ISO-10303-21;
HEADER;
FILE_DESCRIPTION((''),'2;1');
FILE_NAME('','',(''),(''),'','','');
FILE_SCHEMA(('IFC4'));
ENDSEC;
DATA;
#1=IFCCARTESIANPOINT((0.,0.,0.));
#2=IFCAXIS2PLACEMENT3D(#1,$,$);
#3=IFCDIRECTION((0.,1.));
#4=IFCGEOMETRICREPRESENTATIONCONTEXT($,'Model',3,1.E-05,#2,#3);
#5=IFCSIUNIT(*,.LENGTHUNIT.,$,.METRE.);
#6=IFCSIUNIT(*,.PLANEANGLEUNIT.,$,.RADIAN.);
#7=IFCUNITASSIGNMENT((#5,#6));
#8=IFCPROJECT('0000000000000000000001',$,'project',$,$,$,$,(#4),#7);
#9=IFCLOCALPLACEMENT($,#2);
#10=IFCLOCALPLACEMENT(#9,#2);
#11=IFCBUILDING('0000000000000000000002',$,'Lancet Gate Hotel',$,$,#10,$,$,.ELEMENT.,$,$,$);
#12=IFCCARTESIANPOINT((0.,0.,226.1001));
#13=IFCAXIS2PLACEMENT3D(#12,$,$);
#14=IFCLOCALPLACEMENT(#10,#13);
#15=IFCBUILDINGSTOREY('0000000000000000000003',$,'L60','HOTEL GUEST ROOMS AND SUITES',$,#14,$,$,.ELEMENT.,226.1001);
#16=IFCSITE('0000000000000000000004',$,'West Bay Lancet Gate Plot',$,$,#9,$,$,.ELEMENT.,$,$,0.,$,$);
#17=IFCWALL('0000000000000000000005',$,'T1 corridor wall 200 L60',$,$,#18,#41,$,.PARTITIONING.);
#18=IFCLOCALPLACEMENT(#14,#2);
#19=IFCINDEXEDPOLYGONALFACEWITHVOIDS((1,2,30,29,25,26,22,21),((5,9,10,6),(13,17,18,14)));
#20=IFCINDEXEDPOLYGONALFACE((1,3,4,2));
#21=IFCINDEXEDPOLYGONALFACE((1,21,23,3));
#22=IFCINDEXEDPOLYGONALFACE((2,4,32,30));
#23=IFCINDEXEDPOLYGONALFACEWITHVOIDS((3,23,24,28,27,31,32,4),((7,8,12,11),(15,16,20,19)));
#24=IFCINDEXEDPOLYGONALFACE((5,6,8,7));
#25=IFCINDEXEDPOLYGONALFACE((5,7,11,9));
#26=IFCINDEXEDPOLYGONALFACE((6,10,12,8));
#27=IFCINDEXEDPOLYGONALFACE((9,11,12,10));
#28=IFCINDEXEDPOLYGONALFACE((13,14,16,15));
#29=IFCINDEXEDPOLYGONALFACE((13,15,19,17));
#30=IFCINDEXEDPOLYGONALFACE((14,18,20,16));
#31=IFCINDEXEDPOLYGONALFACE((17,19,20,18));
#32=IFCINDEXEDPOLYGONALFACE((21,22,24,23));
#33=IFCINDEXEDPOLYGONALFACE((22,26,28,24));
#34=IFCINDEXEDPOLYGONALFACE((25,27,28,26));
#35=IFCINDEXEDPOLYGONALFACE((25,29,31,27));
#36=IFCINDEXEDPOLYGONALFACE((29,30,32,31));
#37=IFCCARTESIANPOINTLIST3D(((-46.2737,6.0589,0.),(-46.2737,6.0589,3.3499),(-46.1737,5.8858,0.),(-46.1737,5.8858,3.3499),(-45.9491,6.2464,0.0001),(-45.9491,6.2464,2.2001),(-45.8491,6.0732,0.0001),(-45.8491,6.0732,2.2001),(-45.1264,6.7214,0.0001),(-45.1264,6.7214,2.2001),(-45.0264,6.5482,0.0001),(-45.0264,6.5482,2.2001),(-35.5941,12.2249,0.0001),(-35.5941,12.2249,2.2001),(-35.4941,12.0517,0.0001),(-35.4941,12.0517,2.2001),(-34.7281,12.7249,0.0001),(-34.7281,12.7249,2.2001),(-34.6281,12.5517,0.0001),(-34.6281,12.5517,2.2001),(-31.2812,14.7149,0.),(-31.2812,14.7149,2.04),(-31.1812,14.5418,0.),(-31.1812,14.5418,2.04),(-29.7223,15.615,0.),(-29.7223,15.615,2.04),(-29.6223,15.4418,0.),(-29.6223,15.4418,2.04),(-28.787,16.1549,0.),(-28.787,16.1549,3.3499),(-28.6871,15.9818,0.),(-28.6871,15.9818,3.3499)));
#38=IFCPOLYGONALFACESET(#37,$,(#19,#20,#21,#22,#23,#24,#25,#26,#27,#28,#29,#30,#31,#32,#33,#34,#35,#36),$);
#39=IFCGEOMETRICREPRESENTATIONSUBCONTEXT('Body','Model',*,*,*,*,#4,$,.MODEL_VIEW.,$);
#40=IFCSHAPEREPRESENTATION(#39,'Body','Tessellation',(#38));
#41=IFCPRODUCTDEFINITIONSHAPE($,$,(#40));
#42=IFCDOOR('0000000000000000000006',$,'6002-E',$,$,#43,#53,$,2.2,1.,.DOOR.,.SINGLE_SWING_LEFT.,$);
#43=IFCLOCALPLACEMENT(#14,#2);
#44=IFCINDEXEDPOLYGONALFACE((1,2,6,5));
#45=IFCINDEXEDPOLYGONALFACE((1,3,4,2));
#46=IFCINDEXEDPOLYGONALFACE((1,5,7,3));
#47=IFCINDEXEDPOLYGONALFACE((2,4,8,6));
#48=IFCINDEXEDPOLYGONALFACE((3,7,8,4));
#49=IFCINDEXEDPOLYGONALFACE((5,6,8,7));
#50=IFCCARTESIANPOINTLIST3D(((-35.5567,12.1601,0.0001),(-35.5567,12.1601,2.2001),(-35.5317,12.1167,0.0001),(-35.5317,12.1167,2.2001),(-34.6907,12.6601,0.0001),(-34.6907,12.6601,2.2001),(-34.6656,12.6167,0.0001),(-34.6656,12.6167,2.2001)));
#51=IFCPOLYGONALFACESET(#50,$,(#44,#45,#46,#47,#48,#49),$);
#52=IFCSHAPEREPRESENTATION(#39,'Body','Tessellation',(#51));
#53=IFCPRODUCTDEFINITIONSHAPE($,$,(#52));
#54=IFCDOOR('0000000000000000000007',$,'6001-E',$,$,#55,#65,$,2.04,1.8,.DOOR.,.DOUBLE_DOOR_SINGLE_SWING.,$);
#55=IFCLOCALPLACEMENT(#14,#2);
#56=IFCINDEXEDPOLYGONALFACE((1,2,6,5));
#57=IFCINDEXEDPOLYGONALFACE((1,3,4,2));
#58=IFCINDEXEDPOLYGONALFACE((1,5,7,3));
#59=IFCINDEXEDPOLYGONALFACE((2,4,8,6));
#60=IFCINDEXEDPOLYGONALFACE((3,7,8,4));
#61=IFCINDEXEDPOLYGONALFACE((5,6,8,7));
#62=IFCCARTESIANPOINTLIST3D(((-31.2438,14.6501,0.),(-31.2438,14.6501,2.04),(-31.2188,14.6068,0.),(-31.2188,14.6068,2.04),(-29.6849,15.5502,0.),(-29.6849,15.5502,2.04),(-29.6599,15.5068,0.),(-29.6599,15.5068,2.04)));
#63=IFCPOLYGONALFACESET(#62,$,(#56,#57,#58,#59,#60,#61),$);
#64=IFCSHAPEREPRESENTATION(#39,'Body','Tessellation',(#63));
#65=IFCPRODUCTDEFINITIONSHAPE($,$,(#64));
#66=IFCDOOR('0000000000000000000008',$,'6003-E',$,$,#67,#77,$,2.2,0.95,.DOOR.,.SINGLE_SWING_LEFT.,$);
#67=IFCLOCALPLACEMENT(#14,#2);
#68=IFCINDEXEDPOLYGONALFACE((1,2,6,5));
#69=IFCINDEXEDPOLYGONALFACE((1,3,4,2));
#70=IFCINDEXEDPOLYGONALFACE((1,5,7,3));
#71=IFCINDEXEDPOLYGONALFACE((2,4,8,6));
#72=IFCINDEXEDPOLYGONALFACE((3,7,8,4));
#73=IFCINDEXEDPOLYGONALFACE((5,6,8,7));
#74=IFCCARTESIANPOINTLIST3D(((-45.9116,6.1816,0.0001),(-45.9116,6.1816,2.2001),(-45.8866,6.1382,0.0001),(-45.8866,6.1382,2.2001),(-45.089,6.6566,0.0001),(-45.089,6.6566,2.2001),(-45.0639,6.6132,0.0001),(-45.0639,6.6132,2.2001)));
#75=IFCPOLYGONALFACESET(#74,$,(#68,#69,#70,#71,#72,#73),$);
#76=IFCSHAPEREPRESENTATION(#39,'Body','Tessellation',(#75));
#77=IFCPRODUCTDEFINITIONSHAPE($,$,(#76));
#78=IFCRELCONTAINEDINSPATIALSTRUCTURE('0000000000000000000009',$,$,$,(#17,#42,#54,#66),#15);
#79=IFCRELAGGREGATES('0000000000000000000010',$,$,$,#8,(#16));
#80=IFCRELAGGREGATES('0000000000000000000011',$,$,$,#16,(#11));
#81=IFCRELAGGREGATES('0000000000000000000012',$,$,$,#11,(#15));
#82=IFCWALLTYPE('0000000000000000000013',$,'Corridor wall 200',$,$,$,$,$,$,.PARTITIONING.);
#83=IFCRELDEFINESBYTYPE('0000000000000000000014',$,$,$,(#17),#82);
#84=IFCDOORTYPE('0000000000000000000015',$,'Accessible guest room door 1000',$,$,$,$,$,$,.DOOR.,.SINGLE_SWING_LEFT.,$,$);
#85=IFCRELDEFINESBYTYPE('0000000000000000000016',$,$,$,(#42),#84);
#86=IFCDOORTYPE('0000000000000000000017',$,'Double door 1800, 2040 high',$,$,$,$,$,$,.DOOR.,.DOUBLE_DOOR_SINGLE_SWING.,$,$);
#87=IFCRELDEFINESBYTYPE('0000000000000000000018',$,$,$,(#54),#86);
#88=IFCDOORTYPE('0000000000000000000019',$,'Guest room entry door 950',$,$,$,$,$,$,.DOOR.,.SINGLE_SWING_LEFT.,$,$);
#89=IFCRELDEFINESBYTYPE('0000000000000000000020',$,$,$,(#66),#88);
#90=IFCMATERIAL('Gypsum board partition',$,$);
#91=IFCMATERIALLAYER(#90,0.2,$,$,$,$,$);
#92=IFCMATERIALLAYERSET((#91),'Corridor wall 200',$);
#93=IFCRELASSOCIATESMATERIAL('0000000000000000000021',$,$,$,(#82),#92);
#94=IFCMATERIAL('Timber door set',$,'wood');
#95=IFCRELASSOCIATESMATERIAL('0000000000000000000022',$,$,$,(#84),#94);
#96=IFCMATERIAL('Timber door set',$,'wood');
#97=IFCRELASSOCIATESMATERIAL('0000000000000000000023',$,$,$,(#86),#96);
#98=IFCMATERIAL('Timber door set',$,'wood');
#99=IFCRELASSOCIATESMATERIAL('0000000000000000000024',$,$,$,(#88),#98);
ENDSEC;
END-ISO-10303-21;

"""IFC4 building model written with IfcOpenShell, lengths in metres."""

from ifc_helpers import new_model, si_unit, direction, frame, frame_2d, origin, place, context, subcontext, project, spatial, rectangle, extrude, material, layer, layer_set, type_object, element, fill, save


model = new_model("IFC4")

# Units and contexts
model_context = context("Model", 3, precision=1e-05, world=origin(), true_north=direction((0.0, 1.0)))
body_context = subcontext(model_context, "Body", "Model", "MODEL_VIEW")
ifc_project = project(units=[si_unit("LENGTHUNIT", "METRE"), si_unit("PLANEANGLEUNIT", "RADIAN")], contexts=[model_context])

# Site, building, storey
site_placement = place(None, origin())
site = spatial("IfcSite", under=ifc_project, at=site_placement, Name="West Bay Lancet Gate Plot", CompositionType="ELEMENT", RefElevation=0.0)
building_placement = place(site_placement, origin())
building = spatial("IfcBuilding", under=site, at=building_placement, Name="Lancet Gate Hotel", CompositionType="ELEMENT")
storey_placement = place(building_placement, frame((0.0, 0.0, 226.1001)))
storey = spatial("IfcBuildingStorey", under=building, at=storey_placement, Name="L60", Description="HOTEL GUEST ROOMS AND SUITES", CompositionType="ELEMENT", Elevation=226.1001)

# Wall, openings, doors
ifc_material_1 = material(Name="Gypsum board partition")
ifc_layer_1 = layer(ifc_material_1, 0.2)
ifc_layer_set_1 = layer_set([ifc_layer_1], Name="Corridor wall 200")
wall_type_1 = type_object("IfcWallType", Name="Corridor wall 200", PredefinedType="PARTITIONING", material=ifc_layer_set_1)
wall_1_placement = place(storey_placement, frame((-28.7371, 16.0684, 0.0), z_axis=(0.0, 0.0, 1.0), x_axis=(-0.866024, -0.500003, 0.0)))
wall_1 = element("IfcWall", 1, at=wall_1_placement, inside=storey, type_object=wall_type_1, Name="T1 corridor wall 200 L60", PredefinedType="PARTITIONING", context=body_context, shape_type="SweptSolid", body=[
    extrude(rectangle(XDim=20.1919, YDim=0.2, at=frame_2d((10.0959, 0.0))), origin(), (0.0, 0.0, 1.0), 3.3499),
])
opening_1_placement = place(wall_1_placement, frame((1.0801, 0.0, 0.0)))
opening_1 = element("IfcOpeningElement", 2, at=opening_1_placement, cuts=wall_1, PredefinedType="OPENING", context=body_context, shape_type="SweptSolid", body=[
    extrude(rectangle(XDim=1.8, YDim=2.04, at=frame_2d((0.8999, 1.02))), frame((0.0, 0.1099, 0.0), z_axis=(0.0, -1.0, 0.0), x_axis=(1.0, 0.0, 0.0)), (0.0, 0.0, 1.0), 0.22),
])
opening_2_placement = place(wall_1_placement, frame((6.8601, 0.0, 0.0)))
opening_2 = element("IfcOpeningElement", 3, at=opening_2_placement, cuts=wall_1, PredefinedType="OPENING", context=body_context, shape_type="SweptSolid", body=[
    extrude(rectangle(XDim=1.0, YDim=2.2, at=frame_2d((0.5, 1.1001))), frame((0.0, 0.1099, 0.0), z_axis=(0.0, -1.0, 0.0), x_axis=(1.0, 0.0, 0.0)), (0.0, 0.0, 1.0), 0.22),
])
opening_3_placement = place(wall_1_placement, frame((18.8669, 0.0, 0.0)))
opening_3 = element("IfcOpeningElement", 4, at=opening_3_placement, cuts=wall_1, PredefinedType="OPENING", context=body_context, shape_type="SweptSolid", body=[
    extrude(rectangle(XDim=0.95, YDim=2.2, at=frame_2d((0.4751, 1.1001))), frame((0.0, 0.1099, 0.0), z_axis=(0.0, -1.0, 0.0), x_axis=(1.0, 0.0, 0.0)), (0.0, 0.0, 1.0), 0.22),
])
ifc_material_2 = material(Name="Timber door set", Category="wood")
door_type_1 = type_object("IfcDoorType", Name="Accessible guest room door 1000", OperationType="SINGLE_SWING_LEFT", PredefinedType="DOOR", material=ifc_material_2)
door_1_placement = place(opening_2_placement, origin())
door_1 = element("IfcDoor", 5, at=door_1_placement, inside=storey, type_object=door_type_1, Name="6002-E", OperationType="SINGLE_SWING_LEFT", OverallHeight=2.2, OverallWidth=1.0, PredefinedType="DOOR", context=body_context, shape_type="SweptSolid", body=[
    extrude(rectangle(XDim=1.0, YDim=2.2, at=frame_2d((0.5, 1.1001))), frame((0.0, 0.0249, 0.0), z_axis=(0.0, -1.0, 0.0), x_axis=(1.0, 0.0, 0.0)), (0.0, 0.0, 1.0), 0.05),
])
fill(opening_2, door_1)
ifc_material_3 = material(Name="Timber door set", Category="wood")
door_type_2 = type_object("IfcDoorType", Name="Double door 1800, 2040 high", OperationType="DOUBLE_DOOR_SINGLE_SWING", PredefinedType="DOOR", material=ifc_material_3)
door_2_placement = place(opening_1_placement, origin())
door_2 = element("IfcDoor", 6, at=door_2_placement, inside=storey, type_object=door_type_2, Name="6001-E", OperationType="DOUBLE_DOOR_SINGLE_SWING", OverallHeight=2.04, OverallWidth=1.8, PredefinedType="DOOR", context=body_context, shape_type="SweptSolid", body=[
    extrude(rectangle(XDim=1.8, YDim=2.04, at=frame_2d((0.8999, 1.02))), frame((0.0, 0.0249, 0.0), z_axis=(0.0, -1.0, 0.0), x_axis=(1.0, 0.0, 0.0)), (0.0, 0.0, 1.0), 0.05),
])
fill(opening_1, door_2)
ifc_material_4 = material(Name="Timber door set", Category="wood")
door_type_3 = type_object("IfcDoorType", Name="Guest room entry door 950", OperationType="SINGLE_SWING_LEFT", PredefinedType="DOOR", material=ifc_material_4)
door_3_placement = place(opening_3_placement, origin())
door_3 = element("IfcDoor", 7, at=door_3_placement, inside=storey, type_object=door_type_3, Name="6003-E", OperationType="SINGLE_SWING_LEFT", OverallHeight=2.2, OverallWidth=0.95, PredefinedType="DOOR", context=body_context, shape_type="SweptSolid", body=[
    extrude(rectangle(XDim=0.95, YDim=2.2, at=frame_2d((0.4751, 1.1001))), frame((0.0, 0.0249, 0.0), z_axis=(0.0, -1.0, 0.0), x_axis=(1.0, 0.0, 0.0)), (0.0, 0.0, 1.0), 0.05),
])
fill(opening_3, door_3)

save(model, "model.ifc")
